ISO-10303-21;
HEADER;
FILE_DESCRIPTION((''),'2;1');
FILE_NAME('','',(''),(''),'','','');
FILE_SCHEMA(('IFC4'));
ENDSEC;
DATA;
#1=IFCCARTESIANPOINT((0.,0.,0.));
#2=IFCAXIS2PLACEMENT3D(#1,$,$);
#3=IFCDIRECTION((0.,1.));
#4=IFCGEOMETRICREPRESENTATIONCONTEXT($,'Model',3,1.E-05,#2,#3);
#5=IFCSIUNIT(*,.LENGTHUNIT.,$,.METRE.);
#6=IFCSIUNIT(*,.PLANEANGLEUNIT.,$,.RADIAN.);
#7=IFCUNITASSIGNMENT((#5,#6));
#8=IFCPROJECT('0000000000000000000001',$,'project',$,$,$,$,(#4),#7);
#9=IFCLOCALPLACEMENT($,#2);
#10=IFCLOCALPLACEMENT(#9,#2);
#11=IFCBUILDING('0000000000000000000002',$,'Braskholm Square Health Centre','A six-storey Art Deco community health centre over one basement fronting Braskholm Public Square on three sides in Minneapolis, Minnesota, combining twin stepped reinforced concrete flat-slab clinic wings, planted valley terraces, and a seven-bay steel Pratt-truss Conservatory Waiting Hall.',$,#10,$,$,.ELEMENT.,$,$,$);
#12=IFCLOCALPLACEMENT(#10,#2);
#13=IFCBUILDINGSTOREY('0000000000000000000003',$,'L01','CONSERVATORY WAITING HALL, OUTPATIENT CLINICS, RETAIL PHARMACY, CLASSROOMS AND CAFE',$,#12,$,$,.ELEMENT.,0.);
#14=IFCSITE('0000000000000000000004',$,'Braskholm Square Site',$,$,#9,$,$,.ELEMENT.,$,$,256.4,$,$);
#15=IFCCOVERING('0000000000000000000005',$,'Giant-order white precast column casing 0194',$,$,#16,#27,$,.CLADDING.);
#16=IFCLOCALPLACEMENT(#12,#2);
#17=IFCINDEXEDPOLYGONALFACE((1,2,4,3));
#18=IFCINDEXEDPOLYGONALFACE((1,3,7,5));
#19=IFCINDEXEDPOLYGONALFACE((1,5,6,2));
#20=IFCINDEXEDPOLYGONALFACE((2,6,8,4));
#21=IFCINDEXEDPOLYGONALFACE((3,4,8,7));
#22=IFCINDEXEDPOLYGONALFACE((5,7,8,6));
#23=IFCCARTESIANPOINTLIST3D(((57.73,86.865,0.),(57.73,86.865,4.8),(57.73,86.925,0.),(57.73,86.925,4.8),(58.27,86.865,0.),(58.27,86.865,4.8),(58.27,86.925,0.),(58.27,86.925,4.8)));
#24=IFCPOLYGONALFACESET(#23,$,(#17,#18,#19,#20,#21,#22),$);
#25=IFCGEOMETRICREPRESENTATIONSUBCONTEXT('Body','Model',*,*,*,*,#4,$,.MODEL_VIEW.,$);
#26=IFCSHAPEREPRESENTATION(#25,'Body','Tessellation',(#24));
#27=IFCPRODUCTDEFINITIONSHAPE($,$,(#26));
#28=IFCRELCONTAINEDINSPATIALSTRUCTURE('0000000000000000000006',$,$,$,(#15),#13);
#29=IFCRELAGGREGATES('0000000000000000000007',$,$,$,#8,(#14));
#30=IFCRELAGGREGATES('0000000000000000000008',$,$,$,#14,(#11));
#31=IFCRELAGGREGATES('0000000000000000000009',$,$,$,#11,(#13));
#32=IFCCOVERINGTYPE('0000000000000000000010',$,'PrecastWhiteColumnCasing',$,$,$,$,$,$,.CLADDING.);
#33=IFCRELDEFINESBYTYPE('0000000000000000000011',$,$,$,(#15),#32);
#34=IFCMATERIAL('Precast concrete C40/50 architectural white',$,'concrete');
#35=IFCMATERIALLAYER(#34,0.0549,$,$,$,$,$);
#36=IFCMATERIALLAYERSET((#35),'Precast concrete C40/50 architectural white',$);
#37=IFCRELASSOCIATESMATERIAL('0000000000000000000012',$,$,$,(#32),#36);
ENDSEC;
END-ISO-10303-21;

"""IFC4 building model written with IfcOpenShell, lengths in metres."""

from ifc_helpers import new_model, si_unit, direction, frame, origin, origin_2d, place, context, subcontext, project, spatial, rectangle, extrude, material, layer, layer_set, type_object, element, save


model = new_model("IFC4")

# Units and contexts
model_context = context("Model", 3, precision=1e-05, world=origin(), true_north=direction((0.0, 1.0)))
body_context = subcontext(model_context, "Body", "Model", "MODEL_VIEW")
ifc_project = project(units=[si_unit("LENGTHUNIT", "METRE"), si_unit("PLANEANGLEUNIT", "RADIAN")], contexts=[model_context])

# Site, building, storey
site_placement = place(None, origin())
site = spatial("IfcSite", under=ifc_project, at=site_placement, Name="Braskholm Square Site", CompositionType="ELEMENT", RefElevation=256.4)
building_placement = place(site_placement, origin())
building = spatial("IfcBuilding", under=site, at=building_placement, Name="Braskholm Square Health Centre", Description="A six-storey Art Deco community health centre over one basement fronting Braskholm Public Square on three sides in Minneapolis, Minnesota, combining twin stepped reinforced concrete flat-slab clinic wings, planted valley terraces, and a seven-bay steel Pratt-truss Conservatory Waiting Hall.", CompositionType="ELEMENT")
storey_placement = place(building_placement, origin())
storey = spatial("IfcBuildingStorey", under=building, at=storey_placement, Name="L01", Description="CONSERVATORY WAITING HALL, OUTPATIENT CLINICS, RETAIL PHARMACY, CLASSROOMS AND CAFE", CompositionType="ELEMENT", Elevation=0.0)

# Shared definitions
ifc_material_1 = material(Name="Precast concrete C40/50 architectural white", Category="concrete")

# Covering
ifc_layer = layer(ifc_material_1, 0.0549)
ifc_layer_set = layer_set([ifc_layer], Name="Precast concrete C40/50 architectural white")
covering_type = type_object("IfcCoveringType", Name="PrecastWhiteColumnCasing", PredefinedType="CLADDING", material=ifc_layer_set)
covering_placement = place(storey_placement, frame((58.0, 86.895, 0.0), z_axis=(0.0, 0.0, 1.0), x_axis=(1.0, 0.0, 0.0)))
element("IfcCovering", 1, at=covering_placement, inside=storey, type_object=covering_type, Name="Giant-order white precast column casing 0194", PredefinedType="CLADDING", context=body_context, shape_type="SweptSolid", body=[
    extrude(rectangle(XDim=0.54, YDim=0.0601, at=origin_2d()), origin(), (0.0, 0.0, 1.0), 4.8),
])

save(model, "model.ifc")
